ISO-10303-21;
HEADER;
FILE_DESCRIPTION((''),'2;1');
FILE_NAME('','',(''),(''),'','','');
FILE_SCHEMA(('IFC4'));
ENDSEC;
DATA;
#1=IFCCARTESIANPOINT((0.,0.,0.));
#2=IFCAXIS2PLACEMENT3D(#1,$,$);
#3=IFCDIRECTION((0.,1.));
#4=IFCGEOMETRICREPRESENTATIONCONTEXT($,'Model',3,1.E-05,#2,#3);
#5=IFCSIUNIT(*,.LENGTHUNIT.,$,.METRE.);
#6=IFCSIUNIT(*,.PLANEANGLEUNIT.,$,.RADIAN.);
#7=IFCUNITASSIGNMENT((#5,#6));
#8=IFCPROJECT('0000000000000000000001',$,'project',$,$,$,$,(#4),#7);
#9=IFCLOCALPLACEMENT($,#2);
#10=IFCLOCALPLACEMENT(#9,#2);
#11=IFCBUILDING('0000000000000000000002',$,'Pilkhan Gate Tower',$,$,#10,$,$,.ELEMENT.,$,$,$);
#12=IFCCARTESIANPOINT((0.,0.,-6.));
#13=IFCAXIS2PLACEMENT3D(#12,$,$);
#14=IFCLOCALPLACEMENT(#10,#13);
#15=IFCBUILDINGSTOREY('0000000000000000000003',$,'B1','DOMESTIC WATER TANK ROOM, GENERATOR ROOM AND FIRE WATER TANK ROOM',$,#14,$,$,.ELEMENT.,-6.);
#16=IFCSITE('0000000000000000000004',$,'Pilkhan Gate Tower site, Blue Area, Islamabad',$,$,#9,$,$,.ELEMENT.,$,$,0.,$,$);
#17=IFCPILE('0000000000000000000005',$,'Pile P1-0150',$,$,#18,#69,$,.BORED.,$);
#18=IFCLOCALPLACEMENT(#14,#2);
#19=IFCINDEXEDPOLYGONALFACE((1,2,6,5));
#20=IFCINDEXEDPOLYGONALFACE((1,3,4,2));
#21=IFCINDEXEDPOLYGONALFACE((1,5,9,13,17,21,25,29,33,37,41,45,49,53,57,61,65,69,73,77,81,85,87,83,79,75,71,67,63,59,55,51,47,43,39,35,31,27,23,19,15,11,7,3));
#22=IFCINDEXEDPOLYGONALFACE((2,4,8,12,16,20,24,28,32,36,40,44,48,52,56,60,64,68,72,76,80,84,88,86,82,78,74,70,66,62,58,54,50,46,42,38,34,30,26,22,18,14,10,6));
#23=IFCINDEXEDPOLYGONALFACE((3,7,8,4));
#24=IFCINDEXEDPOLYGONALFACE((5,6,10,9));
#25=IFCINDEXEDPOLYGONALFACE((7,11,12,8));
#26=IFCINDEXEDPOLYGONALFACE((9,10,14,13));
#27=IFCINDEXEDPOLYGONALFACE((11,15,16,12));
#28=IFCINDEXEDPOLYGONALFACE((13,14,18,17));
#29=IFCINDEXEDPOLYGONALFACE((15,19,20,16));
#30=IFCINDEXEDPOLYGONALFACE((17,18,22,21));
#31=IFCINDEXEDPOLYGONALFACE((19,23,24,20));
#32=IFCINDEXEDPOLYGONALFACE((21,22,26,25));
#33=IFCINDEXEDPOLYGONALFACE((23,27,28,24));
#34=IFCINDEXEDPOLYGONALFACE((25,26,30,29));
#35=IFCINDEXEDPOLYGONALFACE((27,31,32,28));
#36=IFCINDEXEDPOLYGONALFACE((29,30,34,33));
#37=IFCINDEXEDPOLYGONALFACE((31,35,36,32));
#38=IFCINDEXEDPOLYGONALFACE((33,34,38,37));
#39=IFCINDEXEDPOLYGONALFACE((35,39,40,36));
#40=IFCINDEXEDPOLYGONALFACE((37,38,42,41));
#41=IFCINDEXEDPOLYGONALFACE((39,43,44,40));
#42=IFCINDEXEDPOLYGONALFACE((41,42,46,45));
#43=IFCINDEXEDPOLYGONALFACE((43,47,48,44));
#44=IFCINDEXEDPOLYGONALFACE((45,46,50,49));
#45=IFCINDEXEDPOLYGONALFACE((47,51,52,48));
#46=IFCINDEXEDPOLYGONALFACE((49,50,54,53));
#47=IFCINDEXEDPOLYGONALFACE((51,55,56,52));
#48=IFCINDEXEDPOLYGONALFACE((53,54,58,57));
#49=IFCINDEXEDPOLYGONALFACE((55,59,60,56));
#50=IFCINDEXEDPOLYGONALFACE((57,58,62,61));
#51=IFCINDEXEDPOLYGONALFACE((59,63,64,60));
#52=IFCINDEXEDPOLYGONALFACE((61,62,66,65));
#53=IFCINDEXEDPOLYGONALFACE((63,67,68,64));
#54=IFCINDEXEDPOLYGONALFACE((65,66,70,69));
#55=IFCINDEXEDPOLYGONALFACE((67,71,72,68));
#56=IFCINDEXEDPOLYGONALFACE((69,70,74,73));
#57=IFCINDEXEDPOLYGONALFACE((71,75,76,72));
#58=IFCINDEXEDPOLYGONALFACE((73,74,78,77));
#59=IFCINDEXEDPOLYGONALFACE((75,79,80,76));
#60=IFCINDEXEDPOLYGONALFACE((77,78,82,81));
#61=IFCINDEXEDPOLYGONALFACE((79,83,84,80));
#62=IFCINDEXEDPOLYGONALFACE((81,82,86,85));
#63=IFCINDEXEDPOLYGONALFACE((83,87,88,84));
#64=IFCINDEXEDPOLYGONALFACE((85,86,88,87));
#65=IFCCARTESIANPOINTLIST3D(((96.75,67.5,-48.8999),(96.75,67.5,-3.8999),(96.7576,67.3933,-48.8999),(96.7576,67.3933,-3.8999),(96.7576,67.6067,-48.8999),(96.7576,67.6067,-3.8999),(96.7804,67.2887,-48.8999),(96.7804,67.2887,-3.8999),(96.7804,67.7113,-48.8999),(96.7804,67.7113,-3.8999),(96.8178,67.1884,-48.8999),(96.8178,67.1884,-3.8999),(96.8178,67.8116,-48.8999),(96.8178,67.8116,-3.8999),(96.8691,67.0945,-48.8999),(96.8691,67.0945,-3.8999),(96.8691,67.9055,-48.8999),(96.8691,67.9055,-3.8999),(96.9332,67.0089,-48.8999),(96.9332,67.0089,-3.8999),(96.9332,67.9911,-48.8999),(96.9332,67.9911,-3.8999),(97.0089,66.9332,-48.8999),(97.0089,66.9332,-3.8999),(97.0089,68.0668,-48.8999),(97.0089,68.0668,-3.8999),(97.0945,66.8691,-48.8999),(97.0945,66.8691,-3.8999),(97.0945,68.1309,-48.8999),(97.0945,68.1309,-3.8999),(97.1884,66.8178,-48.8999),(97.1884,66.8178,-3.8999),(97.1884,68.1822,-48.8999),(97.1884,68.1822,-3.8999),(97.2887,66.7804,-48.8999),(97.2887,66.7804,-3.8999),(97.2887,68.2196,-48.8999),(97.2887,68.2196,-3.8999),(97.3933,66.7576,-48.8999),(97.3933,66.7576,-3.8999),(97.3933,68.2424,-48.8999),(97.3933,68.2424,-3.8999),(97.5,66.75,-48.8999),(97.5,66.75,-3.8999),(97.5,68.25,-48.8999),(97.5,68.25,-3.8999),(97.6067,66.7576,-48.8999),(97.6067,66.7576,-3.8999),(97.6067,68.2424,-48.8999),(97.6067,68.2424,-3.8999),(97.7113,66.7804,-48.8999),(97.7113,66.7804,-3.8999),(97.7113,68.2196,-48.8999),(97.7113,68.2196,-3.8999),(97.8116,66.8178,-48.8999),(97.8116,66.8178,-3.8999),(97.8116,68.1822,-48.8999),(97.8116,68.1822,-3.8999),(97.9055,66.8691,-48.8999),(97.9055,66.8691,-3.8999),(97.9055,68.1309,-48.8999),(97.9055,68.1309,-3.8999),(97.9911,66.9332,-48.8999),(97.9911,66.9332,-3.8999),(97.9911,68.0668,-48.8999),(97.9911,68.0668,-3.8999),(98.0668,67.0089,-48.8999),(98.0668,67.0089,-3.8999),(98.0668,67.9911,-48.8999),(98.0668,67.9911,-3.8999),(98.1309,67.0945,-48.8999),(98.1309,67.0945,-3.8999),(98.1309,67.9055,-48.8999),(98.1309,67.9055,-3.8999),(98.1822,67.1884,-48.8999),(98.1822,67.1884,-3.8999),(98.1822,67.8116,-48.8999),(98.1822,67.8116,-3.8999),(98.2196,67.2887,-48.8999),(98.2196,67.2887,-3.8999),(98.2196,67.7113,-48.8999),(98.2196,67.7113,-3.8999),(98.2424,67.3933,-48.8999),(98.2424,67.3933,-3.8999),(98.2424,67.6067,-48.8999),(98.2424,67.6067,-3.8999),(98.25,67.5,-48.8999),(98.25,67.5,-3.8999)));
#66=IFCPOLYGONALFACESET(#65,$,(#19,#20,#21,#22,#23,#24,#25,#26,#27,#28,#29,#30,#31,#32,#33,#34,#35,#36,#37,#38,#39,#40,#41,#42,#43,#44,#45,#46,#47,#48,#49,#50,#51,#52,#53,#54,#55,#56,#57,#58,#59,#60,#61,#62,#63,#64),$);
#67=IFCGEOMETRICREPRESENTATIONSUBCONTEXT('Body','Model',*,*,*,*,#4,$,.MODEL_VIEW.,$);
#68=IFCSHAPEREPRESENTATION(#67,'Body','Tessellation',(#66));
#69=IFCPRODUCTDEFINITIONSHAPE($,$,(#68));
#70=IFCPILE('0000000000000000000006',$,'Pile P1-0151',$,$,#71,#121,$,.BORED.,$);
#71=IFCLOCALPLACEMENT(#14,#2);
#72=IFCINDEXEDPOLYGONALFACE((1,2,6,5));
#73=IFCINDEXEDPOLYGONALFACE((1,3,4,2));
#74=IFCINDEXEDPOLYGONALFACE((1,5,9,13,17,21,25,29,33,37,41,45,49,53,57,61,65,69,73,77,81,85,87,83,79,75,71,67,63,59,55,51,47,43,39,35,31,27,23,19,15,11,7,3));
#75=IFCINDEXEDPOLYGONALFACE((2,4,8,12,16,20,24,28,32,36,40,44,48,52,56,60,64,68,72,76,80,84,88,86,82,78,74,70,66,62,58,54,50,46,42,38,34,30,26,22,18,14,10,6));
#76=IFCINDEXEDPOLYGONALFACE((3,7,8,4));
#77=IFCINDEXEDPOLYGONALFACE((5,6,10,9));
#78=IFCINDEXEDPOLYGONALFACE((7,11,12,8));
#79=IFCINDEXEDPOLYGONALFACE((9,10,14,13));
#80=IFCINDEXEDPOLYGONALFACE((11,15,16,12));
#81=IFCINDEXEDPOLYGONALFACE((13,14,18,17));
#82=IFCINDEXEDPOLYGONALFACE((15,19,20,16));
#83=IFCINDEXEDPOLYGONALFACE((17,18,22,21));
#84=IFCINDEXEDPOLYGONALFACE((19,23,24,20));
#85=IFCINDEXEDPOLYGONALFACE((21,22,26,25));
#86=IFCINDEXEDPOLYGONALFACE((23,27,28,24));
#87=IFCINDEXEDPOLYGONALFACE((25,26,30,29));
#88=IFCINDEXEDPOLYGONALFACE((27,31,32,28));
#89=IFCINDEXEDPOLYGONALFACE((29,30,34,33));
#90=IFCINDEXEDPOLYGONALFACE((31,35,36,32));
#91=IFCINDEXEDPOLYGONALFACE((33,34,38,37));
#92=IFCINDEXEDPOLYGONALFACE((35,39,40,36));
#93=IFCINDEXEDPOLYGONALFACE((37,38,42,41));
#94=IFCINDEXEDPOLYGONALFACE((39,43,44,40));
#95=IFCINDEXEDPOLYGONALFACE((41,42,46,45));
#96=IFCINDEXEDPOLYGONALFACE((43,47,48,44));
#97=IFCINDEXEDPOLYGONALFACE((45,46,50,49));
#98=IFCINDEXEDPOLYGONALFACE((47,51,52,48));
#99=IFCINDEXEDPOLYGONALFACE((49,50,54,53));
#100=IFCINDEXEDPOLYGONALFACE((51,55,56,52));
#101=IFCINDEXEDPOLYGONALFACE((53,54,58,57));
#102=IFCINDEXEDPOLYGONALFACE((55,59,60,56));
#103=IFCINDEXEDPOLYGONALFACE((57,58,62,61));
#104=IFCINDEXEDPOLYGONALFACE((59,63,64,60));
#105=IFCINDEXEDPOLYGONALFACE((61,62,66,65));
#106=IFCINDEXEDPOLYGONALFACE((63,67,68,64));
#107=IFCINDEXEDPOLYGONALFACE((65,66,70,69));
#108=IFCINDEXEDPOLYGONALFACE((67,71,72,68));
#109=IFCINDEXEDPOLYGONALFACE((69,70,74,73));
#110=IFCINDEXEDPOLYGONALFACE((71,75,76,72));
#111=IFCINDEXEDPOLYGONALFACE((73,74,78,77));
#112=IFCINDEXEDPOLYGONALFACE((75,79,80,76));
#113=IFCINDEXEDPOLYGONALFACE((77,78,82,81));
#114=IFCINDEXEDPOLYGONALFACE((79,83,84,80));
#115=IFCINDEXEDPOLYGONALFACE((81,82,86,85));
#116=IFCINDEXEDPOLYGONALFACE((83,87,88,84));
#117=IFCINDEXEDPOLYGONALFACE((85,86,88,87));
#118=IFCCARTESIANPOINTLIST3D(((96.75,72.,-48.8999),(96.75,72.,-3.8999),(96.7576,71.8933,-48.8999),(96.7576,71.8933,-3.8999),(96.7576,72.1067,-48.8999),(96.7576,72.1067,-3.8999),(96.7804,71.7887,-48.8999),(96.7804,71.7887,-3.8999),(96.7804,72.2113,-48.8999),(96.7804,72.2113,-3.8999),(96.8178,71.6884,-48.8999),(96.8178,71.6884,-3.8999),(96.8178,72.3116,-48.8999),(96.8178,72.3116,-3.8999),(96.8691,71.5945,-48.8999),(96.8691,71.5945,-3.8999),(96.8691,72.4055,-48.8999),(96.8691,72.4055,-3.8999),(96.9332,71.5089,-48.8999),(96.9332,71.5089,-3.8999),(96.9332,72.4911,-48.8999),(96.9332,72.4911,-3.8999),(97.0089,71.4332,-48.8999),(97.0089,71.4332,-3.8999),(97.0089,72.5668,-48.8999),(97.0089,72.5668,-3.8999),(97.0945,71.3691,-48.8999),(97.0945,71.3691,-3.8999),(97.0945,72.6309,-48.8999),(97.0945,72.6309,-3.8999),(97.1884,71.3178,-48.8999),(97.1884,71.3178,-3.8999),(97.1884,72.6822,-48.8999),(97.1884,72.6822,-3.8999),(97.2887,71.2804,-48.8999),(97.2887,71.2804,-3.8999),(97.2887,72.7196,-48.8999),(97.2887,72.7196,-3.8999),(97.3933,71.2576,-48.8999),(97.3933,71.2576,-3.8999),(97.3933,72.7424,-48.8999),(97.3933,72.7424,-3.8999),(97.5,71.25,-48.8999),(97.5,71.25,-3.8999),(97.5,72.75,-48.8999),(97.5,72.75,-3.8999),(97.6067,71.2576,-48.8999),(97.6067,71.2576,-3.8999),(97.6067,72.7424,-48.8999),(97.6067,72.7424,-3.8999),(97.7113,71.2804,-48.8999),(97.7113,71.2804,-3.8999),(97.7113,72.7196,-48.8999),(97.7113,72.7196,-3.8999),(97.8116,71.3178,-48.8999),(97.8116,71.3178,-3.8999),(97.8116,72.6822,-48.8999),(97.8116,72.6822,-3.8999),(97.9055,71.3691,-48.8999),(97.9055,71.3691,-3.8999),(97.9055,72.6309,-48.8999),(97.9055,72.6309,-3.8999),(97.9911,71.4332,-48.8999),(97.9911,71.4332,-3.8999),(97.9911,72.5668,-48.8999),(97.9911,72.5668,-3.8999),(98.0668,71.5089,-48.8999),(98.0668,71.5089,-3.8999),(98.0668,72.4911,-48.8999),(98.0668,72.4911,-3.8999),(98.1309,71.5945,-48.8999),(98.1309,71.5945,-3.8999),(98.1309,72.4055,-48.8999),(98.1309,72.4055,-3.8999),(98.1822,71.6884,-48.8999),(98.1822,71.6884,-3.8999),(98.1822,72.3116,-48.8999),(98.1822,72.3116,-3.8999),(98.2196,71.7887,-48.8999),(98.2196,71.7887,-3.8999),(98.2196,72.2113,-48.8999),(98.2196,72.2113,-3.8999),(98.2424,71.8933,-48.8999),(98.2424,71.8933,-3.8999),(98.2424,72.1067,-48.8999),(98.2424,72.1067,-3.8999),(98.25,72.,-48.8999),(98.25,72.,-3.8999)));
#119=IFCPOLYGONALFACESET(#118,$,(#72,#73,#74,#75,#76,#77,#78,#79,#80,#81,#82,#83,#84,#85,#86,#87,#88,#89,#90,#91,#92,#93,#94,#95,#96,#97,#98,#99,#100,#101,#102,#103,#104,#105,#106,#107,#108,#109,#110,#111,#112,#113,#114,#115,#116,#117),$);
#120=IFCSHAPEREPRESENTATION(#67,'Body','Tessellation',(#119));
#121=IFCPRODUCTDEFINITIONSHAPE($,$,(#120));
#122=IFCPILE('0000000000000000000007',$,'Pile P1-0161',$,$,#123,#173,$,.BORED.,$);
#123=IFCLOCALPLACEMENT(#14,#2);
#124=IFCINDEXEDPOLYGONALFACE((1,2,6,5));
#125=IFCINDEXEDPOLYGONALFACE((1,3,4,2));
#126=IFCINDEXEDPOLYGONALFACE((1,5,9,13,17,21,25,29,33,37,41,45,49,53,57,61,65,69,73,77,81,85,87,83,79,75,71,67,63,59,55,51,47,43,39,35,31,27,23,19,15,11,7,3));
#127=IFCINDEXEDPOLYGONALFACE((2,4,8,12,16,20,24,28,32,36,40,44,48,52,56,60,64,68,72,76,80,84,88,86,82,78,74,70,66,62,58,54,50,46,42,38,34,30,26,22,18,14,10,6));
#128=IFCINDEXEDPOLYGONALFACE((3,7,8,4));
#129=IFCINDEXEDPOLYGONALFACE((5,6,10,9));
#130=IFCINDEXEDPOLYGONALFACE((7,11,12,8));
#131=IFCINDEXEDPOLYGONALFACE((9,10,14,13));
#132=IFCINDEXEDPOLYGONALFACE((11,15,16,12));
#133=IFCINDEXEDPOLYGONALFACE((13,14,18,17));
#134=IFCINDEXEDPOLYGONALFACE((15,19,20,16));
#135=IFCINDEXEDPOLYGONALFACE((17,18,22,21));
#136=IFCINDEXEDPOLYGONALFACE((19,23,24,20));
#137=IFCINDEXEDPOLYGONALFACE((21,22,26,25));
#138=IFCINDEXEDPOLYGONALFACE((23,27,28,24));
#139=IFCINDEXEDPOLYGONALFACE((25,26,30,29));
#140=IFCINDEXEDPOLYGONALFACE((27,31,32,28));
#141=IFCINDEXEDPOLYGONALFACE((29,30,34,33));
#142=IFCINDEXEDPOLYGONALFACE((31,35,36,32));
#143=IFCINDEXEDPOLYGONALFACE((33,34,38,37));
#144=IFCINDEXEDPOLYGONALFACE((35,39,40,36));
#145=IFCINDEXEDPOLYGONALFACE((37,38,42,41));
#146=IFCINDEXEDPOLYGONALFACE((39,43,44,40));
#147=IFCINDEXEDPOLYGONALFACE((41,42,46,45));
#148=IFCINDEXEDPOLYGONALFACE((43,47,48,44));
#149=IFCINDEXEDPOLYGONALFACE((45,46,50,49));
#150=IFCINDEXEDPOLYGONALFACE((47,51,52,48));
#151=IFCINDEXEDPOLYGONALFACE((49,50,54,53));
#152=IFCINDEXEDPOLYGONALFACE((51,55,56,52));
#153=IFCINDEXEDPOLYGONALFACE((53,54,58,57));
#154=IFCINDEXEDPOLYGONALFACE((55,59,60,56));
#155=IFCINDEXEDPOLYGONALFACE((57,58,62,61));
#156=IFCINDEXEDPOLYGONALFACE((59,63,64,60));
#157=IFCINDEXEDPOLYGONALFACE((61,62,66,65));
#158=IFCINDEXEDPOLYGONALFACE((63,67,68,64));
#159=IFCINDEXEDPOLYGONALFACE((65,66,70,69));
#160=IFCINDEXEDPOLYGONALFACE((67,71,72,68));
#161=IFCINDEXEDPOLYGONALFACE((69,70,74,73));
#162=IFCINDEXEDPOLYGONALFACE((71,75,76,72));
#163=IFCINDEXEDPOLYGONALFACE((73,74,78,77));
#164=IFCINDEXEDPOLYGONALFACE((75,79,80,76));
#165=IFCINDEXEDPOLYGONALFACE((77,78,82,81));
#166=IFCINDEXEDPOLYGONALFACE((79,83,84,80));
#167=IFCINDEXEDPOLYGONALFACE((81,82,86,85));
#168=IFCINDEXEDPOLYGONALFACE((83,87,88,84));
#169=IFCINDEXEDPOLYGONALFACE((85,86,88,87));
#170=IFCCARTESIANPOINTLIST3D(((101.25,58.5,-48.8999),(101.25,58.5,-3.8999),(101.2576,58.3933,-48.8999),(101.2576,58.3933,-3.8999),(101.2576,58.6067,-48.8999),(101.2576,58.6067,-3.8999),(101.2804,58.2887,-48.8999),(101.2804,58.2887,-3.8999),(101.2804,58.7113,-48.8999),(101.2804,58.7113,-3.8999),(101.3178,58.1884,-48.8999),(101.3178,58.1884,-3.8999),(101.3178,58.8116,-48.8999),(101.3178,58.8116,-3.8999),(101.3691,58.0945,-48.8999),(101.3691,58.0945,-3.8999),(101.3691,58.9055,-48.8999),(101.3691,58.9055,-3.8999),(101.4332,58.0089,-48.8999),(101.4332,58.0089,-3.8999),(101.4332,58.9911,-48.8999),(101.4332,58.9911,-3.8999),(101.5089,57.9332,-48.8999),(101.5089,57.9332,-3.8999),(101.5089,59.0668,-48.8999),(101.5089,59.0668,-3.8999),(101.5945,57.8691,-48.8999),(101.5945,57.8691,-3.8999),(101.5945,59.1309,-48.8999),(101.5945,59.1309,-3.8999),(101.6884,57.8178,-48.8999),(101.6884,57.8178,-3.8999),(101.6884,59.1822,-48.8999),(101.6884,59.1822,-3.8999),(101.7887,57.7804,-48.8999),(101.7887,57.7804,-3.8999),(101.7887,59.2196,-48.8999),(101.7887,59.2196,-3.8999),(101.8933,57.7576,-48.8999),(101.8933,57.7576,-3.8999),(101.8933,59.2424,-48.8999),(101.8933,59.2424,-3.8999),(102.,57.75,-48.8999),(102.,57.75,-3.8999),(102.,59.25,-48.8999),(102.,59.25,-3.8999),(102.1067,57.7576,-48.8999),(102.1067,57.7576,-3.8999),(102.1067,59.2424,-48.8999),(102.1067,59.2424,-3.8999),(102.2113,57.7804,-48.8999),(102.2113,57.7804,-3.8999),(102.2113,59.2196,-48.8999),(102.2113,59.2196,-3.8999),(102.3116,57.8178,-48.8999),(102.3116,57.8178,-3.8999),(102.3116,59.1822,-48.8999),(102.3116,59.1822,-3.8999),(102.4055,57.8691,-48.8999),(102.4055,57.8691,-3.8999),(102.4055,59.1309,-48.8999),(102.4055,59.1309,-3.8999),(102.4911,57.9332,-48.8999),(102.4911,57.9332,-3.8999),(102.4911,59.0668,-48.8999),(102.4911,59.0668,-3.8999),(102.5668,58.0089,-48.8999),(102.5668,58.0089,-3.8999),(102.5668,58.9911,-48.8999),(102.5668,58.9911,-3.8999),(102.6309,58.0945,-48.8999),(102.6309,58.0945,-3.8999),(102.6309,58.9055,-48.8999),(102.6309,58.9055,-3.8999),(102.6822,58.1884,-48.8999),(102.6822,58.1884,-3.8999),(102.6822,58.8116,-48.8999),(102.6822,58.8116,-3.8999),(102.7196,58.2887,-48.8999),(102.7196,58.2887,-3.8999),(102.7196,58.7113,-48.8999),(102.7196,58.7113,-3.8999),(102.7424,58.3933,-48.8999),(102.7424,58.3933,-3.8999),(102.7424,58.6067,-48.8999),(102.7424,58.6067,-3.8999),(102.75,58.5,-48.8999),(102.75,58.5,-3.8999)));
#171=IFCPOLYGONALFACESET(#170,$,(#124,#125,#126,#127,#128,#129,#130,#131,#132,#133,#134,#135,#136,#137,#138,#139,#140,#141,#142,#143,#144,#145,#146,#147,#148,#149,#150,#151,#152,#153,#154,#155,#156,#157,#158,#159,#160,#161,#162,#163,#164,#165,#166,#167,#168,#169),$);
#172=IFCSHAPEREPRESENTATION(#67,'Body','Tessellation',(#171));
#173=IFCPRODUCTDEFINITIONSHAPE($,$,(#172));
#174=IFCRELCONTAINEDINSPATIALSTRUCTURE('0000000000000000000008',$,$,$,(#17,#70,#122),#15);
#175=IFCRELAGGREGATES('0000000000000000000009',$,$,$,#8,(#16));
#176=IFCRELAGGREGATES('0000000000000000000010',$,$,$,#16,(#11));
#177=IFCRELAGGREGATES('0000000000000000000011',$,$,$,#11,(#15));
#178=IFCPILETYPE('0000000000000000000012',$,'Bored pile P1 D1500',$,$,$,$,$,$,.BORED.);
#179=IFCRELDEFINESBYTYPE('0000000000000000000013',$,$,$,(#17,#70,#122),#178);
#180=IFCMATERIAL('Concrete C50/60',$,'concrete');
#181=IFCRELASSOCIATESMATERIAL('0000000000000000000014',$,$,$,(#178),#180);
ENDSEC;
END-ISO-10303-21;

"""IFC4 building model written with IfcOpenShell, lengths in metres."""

from ifc_helpers import new_model, si_unit, direction, frame, origin, origin_2d, place, context, subcontext, project, spatial, circle, extrude, material, material_profile, profile_set, type_object, element, save


model = new_model("IFC4")

# Units and contexts
model_context = context("Model", 3, precision=1e-05, world=origin(), true_north=direction((0.0, 1.0)))
body_context = subcontext(model_context, "Body", "Model", "MODEL_VIEW")
ifc_project = project(units=[si_unit("LENGTHUNIT", "METRE"), si_unit("PLANEANGLEUNIT", "RADIAN")], contexts=[model_context])

# Site, building, storey
site_placement = place(None, origin())
site = spatial("IfcSite", under=ifc_project, at=site_placement, Name="Pilkhan Gate Tower site, Blue Area, Islamabad", CompositionType="ELEMENT", RefElevation=0.0)
building_placement = place(site_placement, origin())
building = spatial("IfcBuilding", under=site, at=building_placement, Name="Pilkhan Gate Tower", CompositionType="ELEMENT")
storey_placement = place(building_placement, frame((0.0, 0.0, -6.0)))
storey = spatial("IfcBuildingStorey", under=building, at=storey_placement, Name="B1", Description="DOMESTIC WATER TANK ROOM, GENERATOR ROOM AND FIRE WATER TANK ROOM", CompositionType="ELEMENT", Elevation=-6.0)

# Piles
ifc_material_1 = material(Name="Concrete C50/60", Category="concrete")
ifc_material_profile_1 = material_profile(ifc_material_1, circle(Radius=0.75, at=origin_2d()), Name="Bored pile 1500 dia")
ifc_profile_set_1 = profile_set([ifc_material_profile_1], Name="Concrete C50/60")
pile_type = type_object("IfcPileType", Name="Bored pile P1 D1500", PredefinedType="BORED", material=ifc_profile_set_1)
for number, where, z_axis, x_axis, name in (
    (1, (97.5, 67.5, -3.8999), (0.0, 0.0, -1.0), (1.0, 0.0, 0.0), "Pile P1-0150"),
    (2, (97.5, 72.0, -3.8999), (0.0, 0.0, -1.0), (1.0, 0.0, 0.0), "Pile P1-0151"),
    (3, (102.0, 58.5, -3.8999), (0.0, 0.0, -1.0), (1.0, 0.0, 0.0), "Pile P1-0161"),
):
    element("IfcPile", number, at=place(storey_placement, frame(where, z_axis=z_axis, x_axis=x_axis)), inside=storey, type_object=pile_type, Name=name, PredefinedType="BORED", context=body_context, shape_type="SweptSolid", body=[
        extrude(circle(Radius=0.75, at=origin_2d()), origin(), (0.0, 0.0, 1.0), 45.0),
    ])

save(model, "model.ifc")
